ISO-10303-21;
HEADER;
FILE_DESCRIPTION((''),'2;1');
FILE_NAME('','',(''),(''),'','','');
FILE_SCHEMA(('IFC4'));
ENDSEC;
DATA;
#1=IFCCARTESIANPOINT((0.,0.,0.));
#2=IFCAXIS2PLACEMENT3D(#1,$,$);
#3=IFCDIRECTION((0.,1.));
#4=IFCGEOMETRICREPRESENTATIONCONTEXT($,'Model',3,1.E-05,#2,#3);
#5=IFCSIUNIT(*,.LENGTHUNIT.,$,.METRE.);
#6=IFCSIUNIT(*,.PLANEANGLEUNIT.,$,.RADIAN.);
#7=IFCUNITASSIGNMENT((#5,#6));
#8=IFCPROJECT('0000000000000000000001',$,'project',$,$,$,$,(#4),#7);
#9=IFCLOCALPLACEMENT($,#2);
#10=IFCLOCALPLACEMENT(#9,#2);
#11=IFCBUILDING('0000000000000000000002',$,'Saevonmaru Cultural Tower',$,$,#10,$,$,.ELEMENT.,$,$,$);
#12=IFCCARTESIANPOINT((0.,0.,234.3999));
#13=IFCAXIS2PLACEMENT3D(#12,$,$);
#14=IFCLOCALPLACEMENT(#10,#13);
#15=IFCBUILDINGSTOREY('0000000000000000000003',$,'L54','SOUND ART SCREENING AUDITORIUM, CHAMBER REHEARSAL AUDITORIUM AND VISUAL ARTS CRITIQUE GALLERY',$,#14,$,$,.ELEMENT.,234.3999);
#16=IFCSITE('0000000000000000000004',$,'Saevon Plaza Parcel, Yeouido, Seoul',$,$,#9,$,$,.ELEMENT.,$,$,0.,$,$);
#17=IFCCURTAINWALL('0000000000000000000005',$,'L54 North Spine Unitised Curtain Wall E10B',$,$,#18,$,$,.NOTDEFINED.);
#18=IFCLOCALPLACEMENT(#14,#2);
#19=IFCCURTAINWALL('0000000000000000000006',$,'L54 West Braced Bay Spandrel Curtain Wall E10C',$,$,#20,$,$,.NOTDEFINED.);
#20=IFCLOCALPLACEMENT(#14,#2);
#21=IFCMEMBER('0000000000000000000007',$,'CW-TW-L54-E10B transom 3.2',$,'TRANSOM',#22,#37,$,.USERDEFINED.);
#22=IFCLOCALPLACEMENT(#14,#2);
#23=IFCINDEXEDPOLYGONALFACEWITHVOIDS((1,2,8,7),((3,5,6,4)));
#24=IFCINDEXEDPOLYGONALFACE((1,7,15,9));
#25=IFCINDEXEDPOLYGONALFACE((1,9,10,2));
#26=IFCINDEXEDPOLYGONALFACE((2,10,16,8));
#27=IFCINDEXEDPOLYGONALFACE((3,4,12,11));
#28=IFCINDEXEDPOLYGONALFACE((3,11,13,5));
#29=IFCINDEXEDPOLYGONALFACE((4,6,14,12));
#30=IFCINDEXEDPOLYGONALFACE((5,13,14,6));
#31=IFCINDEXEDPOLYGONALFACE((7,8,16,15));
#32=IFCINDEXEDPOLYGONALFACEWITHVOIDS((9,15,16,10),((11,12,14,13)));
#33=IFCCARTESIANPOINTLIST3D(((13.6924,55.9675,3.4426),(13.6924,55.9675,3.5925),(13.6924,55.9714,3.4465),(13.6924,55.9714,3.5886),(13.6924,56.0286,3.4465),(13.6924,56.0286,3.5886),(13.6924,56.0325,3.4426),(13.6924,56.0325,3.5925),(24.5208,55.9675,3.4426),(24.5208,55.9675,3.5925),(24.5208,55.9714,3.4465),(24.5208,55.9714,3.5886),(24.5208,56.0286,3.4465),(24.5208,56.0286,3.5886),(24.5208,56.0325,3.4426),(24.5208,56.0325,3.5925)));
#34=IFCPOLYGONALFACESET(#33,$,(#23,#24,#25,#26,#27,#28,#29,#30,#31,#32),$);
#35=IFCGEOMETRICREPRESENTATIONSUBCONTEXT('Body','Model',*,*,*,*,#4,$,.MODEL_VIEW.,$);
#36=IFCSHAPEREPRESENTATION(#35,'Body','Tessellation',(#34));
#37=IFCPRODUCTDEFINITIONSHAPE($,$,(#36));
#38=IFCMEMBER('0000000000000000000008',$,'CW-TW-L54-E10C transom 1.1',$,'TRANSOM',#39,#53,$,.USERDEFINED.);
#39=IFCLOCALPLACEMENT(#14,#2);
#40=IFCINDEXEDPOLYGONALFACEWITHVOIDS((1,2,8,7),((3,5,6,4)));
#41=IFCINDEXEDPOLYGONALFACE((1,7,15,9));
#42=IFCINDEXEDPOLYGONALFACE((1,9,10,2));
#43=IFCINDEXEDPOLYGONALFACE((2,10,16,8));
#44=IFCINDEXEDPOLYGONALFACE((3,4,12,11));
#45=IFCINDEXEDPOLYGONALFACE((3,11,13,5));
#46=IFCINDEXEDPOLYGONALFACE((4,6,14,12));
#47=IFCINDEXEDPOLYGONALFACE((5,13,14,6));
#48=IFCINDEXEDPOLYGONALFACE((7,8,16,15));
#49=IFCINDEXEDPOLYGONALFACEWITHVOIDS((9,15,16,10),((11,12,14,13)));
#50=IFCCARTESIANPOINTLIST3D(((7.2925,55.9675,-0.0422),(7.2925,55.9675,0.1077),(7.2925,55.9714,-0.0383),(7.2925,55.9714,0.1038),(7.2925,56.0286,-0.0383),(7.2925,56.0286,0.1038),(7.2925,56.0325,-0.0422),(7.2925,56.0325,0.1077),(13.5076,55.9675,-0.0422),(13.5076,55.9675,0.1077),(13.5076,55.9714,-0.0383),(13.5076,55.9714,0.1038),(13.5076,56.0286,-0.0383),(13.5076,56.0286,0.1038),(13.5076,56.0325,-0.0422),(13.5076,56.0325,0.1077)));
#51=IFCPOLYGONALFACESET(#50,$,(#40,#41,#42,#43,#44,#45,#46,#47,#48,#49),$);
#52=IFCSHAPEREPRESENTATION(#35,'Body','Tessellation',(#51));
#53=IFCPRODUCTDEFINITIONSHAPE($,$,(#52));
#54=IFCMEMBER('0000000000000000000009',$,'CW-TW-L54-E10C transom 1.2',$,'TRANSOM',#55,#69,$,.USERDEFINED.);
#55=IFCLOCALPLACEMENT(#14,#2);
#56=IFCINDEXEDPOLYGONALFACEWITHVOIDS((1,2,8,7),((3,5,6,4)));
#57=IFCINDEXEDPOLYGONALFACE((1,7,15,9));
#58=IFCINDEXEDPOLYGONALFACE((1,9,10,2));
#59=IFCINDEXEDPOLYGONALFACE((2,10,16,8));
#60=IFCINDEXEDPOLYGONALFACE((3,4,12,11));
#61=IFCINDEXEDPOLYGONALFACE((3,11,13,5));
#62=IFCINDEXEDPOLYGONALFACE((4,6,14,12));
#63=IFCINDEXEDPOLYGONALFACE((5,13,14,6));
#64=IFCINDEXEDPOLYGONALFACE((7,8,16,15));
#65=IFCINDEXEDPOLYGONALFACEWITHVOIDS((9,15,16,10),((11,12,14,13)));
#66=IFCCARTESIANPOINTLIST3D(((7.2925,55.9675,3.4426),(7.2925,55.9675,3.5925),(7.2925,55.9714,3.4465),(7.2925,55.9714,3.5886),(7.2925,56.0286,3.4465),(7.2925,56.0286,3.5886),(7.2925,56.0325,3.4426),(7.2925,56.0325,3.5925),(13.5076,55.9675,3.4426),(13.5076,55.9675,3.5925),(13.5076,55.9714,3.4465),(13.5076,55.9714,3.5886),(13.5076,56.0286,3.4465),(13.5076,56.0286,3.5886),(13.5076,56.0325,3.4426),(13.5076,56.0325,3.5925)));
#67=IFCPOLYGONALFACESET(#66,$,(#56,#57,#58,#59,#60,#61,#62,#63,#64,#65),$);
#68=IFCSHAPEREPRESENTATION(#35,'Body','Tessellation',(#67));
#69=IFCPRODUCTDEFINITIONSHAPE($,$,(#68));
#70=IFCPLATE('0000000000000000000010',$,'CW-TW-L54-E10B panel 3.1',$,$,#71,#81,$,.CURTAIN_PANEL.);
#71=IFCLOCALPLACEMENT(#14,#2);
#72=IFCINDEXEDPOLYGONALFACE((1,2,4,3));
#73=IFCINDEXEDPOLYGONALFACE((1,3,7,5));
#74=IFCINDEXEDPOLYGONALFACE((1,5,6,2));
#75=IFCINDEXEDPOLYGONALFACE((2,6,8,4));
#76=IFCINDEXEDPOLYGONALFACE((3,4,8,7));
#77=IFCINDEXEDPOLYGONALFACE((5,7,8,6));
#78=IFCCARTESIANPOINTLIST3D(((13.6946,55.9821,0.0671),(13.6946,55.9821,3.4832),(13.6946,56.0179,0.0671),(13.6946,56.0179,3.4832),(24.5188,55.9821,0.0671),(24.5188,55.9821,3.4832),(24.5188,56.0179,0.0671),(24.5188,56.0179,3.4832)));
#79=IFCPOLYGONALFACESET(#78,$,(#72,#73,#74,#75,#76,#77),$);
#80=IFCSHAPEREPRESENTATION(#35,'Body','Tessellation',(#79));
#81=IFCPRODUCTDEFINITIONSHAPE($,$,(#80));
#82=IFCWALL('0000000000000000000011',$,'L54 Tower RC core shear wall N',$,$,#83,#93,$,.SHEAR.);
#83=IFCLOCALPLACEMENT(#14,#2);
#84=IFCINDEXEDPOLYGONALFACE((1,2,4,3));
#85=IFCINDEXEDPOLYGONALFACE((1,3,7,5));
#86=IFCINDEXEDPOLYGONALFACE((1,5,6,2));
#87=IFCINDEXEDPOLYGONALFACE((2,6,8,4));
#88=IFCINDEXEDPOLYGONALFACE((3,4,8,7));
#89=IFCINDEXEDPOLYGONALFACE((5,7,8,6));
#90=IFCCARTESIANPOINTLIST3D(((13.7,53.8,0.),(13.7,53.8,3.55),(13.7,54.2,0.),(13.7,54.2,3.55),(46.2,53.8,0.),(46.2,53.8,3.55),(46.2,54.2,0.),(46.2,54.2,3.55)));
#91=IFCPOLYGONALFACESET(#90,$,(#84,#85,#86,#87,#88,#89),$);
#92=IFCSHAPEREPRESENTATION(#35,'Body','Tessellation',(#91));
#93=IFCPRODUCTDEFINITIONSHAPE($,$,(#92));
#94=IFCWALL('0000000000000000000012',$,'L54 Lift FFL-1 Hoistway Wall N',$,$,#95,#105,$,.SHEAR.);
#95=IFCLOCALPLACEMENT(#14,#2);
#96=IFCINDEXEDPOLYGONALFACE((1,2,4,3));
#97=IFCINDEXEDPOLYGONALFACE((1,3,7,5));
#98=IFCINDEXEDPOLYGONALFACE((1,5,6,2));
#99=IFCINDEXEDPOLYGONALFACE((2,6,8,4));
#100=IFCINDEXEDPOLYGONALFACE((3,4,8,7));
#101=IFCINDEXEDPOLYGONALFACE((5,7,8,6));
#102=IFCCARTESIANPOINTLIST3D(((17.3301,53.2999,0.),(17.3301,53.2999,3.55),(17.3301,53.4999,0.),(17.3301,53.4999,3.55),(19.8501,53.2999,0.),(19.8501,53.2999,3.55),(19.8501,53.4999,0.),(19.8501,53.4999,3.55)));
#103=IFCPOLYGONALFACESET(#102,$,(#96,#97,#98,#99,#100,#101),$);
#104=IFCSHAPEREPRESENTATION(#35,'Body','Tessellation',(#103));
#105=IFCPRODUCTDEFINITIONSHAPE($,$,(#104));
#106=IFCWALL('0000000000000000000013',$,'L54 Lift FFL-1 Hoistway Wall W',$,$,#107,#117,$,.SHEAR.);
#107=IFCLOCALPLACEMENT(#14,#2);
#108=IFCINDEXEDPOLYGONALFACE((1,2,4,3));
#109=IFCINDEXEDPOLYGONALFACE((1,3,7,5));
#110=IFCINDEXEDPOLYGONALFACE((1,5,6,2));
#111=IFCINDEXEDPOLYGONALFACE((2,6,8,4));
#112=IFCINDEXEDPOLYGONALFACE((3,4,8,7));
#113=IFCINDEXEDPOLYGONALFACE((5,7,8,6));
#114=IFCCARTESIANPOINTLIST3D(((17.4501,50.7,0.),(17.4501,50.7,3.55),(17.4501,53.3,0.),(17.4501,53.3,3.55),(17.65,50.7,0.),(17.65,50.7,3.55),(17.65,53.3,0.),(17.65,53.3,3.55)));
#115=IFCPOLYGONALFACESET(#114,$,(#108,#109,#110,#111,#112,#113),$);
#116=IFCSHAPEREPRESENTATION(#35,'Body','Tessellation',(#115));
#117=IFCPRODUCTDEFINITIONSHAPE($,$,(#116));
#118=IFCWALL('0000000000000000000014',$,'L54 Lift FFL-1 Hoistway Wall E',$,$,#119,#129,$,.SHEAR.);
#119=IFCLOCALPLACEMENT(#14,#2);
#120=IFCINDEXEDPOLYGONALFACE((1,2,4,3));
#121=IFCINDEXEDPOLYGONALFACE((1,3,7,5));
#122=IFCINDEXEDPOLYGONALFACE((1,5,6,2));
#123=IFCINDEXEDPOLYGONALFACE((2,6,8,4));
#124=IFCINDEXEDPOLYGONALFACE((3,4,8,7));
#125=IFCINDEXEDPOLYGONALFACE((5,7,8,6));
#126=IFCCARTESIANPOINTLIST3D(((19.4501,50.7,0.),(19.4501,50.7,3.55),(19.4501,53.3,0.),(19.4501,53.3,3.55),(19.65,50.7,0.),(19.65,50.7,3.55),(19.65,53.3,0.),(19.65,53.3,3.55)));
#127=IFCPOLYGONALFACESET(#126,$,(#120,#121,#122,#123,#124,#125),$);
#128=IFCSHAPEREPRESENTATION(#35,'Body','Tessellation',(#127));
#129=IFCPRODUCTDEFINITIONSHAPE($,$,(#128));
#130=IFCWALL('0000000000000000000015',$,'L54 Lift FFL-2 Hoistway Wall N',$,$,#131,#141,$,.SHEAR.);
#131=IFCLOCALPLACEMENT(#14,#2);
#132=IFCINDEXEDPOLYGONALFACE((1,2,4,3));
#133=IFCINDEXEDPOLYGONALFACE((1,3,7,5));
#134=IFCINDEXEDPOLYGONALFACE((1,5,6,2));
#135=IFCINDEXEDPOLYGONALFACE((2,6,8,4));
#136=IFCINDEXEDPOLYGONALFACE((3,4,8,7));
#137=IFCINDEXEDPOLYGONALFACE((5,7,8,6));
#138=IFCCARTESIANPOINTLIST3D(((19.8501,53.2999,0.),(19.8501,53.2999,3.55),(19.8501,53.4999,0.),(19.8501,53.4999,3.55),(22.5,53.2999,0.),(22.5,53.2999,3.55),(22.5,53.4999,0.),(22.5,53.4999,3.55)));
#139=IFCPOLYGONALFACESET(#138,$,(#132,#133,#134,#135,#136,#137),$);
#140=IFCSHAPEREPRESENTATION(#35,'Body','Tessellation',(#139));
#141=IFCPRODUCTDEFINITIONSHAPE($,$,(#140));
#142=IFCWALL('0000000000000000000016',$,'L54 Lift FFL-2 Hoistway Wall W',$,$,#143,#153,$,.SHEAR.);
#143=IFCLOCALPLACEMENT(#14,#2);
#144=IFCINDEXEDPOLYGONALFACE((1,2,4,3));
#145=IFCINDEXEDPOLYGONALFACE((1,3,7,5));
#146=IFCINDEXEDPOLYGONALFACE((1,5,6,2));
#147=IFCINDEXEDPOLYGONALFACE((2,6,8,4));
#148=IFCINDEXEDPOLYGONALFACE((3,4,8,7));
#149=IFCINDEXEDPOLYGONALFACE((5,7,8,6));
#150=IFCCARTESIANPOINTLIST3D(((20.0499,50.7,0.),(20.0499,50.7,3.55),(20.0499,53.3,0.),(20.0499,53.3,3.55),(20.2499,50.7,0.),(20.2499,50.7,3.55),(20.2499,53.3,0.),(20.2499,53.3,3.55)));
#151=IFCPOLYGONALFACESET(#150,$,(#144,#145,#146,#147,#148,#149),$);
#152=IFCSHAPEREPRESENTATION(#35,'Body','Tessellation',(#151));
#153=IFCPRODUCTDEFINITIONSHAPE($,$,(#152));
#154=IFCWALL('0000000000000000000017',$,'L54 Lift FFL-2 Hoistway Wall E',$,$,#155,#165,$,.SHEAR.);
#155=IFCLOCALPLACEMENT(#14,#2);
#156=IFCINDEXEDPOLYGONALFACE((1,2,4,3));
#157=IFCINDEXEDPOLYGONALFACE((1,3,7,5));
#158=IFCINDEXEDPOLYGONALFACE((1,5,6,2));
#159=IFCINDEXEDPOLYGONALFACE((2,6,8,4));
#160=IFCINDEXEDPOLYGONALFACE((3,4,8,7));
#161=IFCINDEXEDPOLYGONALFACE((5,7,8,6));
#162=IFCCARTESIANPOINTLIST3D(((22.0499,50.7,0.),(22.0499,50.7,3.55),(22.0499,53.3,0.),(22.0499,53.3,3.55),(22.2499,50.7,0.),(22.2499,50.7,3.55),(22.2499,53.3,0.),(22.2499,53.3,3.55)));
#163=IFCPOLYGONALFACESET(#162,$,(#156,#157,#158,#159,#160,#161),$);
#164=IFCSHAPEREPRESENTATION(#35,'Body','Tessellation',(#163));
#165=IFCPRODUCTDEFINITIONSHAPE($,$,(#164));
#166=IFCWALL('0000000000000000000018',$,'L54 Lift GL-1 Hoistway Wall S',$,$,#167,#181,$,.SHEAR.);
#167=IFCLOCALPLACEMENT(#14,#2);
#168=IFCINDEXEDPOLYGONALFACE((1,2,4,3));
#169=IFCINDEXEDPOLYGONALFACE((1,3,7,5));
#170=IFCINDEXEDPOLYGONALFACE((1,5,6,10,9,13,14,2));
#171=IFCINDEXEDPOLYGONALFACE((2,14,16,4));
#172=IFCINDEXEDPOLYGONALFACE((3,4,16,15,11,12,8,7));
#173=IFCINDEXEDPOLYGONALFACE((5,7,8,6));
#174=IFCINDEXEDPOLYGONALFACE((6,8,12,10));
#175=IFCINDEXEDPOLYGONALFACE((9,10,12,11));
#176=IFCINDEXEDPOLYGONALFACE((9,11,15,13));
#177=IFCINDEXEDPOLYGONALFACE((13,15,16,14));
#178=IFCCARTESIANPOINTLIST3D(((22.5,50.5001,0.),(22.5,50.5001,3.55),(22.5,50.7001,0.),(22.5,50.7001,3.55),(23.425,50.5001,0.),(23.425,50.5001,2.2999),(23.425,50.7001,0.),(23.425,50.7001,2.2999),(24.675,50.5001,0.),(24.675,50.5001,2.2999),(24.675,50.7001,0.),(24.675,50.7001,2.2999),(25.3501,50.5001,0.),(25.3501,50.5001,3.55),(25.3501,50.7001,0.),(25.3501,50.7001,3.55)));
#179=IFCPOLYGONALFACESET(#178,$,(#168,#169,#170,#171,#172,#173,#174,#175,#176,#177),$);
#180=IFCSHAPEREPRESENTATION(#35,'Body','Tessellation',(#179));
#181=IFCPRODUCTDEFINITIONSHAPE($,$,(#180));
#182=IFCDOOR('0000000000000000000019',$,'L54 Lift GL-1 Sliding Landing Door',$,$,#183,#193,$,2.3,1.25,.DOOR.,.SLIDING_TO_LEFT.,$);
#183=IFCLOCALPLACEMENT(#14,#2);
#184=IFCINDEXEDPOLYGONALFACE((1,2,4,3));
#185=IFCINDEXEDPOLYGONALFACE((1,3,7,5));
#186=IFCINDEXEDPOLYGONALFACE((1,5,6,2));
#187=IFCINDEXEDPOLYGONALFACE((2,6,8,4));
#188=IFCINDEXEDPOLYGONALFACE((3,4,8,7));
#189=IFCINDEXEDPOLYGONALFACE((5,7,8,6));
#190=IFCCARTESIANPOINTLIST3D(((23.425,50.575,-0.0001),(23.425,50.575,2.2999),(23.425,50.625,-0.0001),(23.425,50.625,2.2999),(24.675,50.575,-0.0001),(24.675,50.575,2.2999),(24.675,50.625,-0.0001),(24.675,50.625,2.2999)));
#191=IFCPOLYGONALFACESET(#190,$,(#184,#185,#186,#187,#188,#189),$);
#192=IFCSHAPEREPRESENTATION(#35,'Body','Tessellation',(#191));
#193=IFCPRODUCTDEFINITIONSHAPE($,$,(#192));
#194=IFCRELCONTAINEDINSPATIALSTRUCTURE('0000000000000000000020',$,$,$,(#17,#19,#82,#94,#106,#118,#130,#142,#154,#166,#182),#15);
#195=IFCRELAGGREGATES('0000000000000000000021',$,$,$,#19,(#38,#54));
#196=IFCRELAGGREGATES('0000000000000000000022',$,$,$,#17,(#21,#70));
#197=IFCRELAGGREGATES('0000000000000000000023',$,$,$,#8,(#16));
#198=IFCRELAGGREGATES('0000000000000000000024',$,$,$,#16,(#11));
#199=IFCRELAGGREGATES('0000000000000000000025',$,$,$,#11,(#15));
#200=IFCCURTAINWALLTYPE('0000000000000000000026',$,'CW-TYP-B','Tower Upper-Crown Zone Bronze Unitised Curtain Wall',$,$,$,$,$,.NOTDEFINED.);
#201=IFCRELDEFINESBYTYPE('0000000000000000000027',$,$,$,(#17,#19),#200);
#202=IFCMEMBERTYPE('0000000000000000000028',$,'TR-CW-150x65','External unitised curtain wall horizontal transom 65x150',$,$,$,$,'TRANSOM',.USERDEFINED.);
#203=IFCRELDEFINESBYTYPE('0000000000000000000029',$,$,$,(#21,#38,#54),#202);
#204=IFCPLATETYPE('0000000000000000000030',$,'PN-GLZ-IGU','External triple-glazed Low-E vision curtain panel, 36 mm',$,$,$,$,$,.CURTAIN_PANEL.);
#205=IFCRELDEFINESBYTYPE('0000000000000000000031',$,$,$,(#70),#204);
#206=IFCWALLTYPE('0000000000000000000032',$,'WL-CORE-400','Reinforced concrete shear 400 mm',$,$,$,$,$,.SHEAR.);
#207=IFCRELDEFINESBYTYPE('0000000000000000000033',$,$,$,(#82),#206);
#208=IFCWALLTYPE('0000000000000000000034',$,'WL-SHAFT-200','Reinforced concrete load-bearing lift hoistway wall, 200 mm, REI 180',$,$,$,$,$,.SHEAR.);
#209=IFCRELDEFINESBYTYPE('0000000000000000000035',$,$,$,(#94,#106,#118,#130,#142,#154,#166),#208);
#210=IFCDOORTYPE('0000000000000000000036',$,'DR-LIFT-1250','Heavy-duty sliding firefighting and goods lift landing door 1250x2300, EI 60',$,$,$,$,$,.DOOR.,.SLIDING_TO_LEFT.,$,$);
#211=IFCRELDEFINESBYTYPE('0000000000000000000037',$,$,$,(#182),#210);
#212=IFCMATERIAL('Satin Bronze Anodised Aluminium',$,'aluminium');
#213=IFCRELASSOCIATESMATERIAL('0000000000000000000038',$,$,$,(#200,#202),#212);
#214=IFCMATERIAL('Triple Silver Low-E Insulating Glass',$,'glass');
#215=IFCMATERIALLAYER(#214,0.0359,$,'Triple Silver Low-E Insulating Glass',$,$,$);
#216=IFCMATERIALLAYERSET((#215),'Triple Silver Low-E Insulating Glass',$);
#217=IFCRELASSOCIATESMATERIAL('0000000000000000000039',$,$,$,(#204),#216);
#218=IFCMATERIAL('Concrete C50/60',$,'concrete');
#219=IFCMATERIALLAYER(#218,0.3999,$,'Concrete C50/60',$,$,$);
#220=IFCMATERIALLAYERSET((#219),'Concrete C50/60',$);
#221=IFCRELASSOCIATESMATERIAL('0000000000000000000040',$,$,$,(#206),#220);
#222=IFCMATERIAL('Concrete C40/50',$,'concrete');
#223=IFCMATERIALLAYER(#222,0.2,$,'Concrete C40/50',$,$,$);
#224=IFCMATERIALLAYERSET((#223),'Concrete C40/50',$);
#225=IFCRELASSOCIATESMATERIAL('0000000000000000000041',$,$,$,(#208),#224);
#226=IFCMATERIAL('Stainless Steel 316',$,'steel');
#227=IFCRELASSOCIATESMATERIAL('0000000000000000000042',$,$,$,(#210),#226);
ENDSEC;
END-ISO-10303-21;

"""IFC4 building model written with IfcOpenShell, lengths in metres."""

from ifc_helpers import new_model, si_unit, direction, frame, frame_2d, origin, origin_2d, place, context, subcontext, project, spatial, rectangle, hollow_rectangle, extrude, material, layer, layer_set, material_profile, profile_set, type_object, element, fill, aggregate, save


model = new_model("IFC4")

# Units and contexts
model_context = context("Model", 3, precision=1e-05, world=origin(), true_north=direction((0.0, 1.0)))
body_context = subcontext(model_context, "Body", "Model", "MODEL_VIEW")
ifc_project = project(units=[si_unit("LENGTHUNIT", "METRE"), si_unit("PLANEANGLEUNIT", "RADIAN")], contexts=[model_context])

# Site, building, storey
site_placement = place(None, origin())
site = spatial("IfcSite", under=ifc_project, at=site_placement, Name="Saevon Plaza Parcel, Yeouido, Seoul", CompositionType="ELEMENT", RefElevation=0.0)
building_placement = place(site_placement, origin())
building = spatial("IfcBuilding", under=site, at=building_placement, Name="Saevonmaru Cultural Tower", CompositionType="ELEMENT")
storey_placement = place(building_placement, frame((0.0, 0.0, 234.3999)))
storey = spatial("IfcBuildingStorey", under=building, at=storey_placement, Name="L54", Description="SOUND ART SCREENING AUDITORIUM, CHAMBER REHEARSAL AUDITORIUM AND VISUAL ARTS CRITIQUE GALLERY", CompositionType="ELEMENT", Elevation=234.3999)

# Curtain walls
ifc_material_1 = material(Name="Satin Bronze Anodised Aluminium", Category="aluminium")
curtain_wall_type = type_object("IfcCurtainWallType", Name="CW-TYP-B", Description="Tower Upper-Crown Zone Bronze Unitised Curtain Wall", PredefinedType="NOTDEFINED", material=ifc_material_1)
curtain_wall_1_placement = place(storey_placement, origin())
curtain_wall_1 = element("IfcCurtainWall", 1, at=curtain_wall_1_placement, inside=storey, type_object=curtain_wall_type, Name="L54 North Spine Unitised Curtain Wall E10B", PredefinedType="NOTDEFINED")
curtain_wall_2_placement = place(storey_placement, origin())
curtain_wall_2 = element("IfcCurtainWall", 2, at=curtain_wall_2_placement, inside=storey, type_object=curtain_wall_type, Name="L54 West Braced Bay Spandrel Curtain Wall E10C", PredefinedType="NOTDEFINED")

# Members
ifc_material_profile_1 = material_profile(ifc_material_1, hollow_rectangle(XDim=0.0649, YDim=0.1499, WallThickness=0.0039, at=origin_2d()), Name="ALU-TRAN-150x65x4")
ifc_profile_set_1 = profile_set([ifc_material_profile_1], Name="Satin Bronze Anodised Aluminium")
member_type_1 = type_object("IfcMemberType", Name="TR-CW-150x65", Description="External unitised curtain wall horizontal transom 65x150", ElementType="TRANSOM", PredefinedType="USERDEFINED", material=ifc_profile_set_1)
member_1_placement = place(storey_placement, frame((24.5208, 56.0, 3.5176), z_axis=(-1.0, 0.0, 0.0), x_axis=(0.0, -1.0, 0.0)))
member_1 = element("IfcMember", 3, at=member_1_placement, type_object=member_type_1, Name="CW-TW-L54-E10B transom 3.2", ObjectType="TRANSOM", PredefinedType="USERDEFINED", context=body_context, shape_type="SweptSolid", body=[
    extrude(hollow_rectangle(XDim=0.0649, YDim=0.1499, WallThickness=0.0039, at=origin_2d()), origin(), (0.0, 0.0, 1.0), 10.8284),
])
member_2_placement = place(storey_placement, frame((13.5076, 56.0, 0.0327), z_axis=(-1.0, 0.0, 0.0), x_axis=(0.0, -1.0, 0.0)))
member_2 = element("IfcMember", 4, at=member_2_placement, type_object=member_type_1, Name="CW-TW-L54-E10C transom 1.1", ObjectType="TRANSOM", PredefinedType="USERDEFINED", context=body_context, shape_type="SweptSolid", body=[
    extrude(hollow_rectangle(XDim=0.0649, YDim=0.1499, WallThickness=0.0039, at=origin_2d()), origin(), (0.0, 0.0, 1.0), 6.2151),
])
member_3_placement = place(storey_placement, frame((13.5076, 56.0, 3.5176), z_axis=(-1.0, 0.0, 0.0), x_axis=(0.0, -1.0, 0.0)))
member_3 = element("IfcMember", 5, at=member_3_placement, type_object=member_type_1, Name="CW-TW-L54-E10C transom 1.2", ObjectType="TRANSOM", PredefinedType="USERDEFINED", context=body_context, shape_type="SweptSolid", body=[
    extrude(hollow_rectangle(XDim=0.0649, YDim=0.1499, WallThickness=0.0039, at=origin_2d()), origin(), (0.0, 0.0, 1.0), 6.2151),
])
aggregate(curtain_wall_2, [member_2, member_3])

# Plate
ifc_material_2 = material(Name="Triple Silver Low-E Insulating Glass", Category="glass")
ifc_layer_1 = layer(ifc_material_2, 0.0359, Name="Triple Silver Low-E Insulating Glass")
ifc_layer_set_1 = layer_set([ifc_layer_1], Name="Triple Silver Low-E Insulating Glass")
plate_type = type_object("IfcPlateType", Name="PN-GLZ-IGU", Description="External triple-glazed Low-E vision curtain panel, 36 mm", PredefinedType="CURTAIN_PANEL", material=ifc_layer_set_1)
plate_placement = place(storey_placement, frame((19.1067, 56.0, 0.0671), z_axis=(0.0, 0.0, 1.0), x_axis=(-1.0, 0.0, 0.0)))
plate = element("IfcPlate", 6, at=plate_placement, type_object=plate_type, Name="CW-TW-L54-E10B panel 3.1", PredefinedType="CURTAIN_PANEL", context=body_context, shape_type="SweptSolid", body=[
    extrude(rectangle(XDim=10.8242, YDim=0.0359, at=origin_2d()), origin(), (0.0, 0.0, 1.0), 3.416),
])
aggregate(curtain_wall_1, [member_1, plate])

# Walls
ifc_material_3 = material(Name="Concrete C50/60", Category="concrete")
ifc_layer_2 = layer(ifc_material_3, 0.3999, Name="Concrete C50/60")
ifc_layer_set_2 = layer_set([ifc_layer_2], Name="Concrete C50/60")
wall_type_1 = type_object("IfcWallType", Name="WL-CORE-400", Description="Reinforced concrete shear 400 mm", PredefinedType="SHEAR", material=ifc_layer_set_2)
wall_1_placement = place(storey_placement, frame((13.7, 54.0, 0.0), z_axis=(0.0, 0.0, 1.0), x_axis=(1.0, 0.0, 0.0)))
element("IfcWall", 7, at=wall_1_placement, inside=storey, type_object=wall_type_1, Name="L54 Tower RC core shear wall N", PredefinedType="SHEAR", context=body_context, shape_type="SweptSolid", body=[
    extrude(rectangle(XDim=32.5, YDim=0.3999, at=frame_2d((16.25, 0.0))), origin(), (0.0, 0.0, 1.0), 3.55),
])
ifc_material_4 = material(Name="Concrete C40/50", Category="concrete")
ifc_layer_3 = layer(ifc_material_4, 0.2, Name="Concrete C40/50")
ifc_layer_set_3 = layer_set([ifc_layer_3], Name="Concrete C40/50")
wall_type_2 = type_object("IfcWallType", Name="WL-SHAFT-200", Description="Reinforced concrete load-bearing lift hoistway wall, 200 mm, REI 180", PredefinedType="SHEAR", material=ifc_layer_set_3)
wall_2_placement = place(storey_placement, frame((17.3301, 53.3999, 0.0), z_axis=(0.0, 0.0, 1.0), x_axis=(1.0, 0.0, 0.0)))
element("IfcWall", 8, at=wall_2_placement, inside=storey, type_object=wall_type_2, Name="L54 Lift FFL-1 Hoistway Wall N", PredefinedType="SHEAR", context=body_context, shape_type="SweptSolid", body=[
    extrude(rectangle(XDim=2.52, YDim=0.2, at=frame_2d((1.26, 0.0))), origin(), (0.0, 0.0, 1.0), 3.55),
])
for number, where, z_axis, x_axis, name in (
    (9, (17.55, 50.7, 0.0), (0.0, 0.0, 1.0), (0.0, 1.0, 0.0), "L54 Lift FFL-1 Hoistway Wall W"),
    (10, (19.55, 50.7, 0.0), (0.0, 0.0, 1.0), (0.0, 1.0, 0.0), "L54 Lift FFL-1 Hoistway Wall E"),
):
    element("IfcWall", number, at=place(storey_placement, frame(where, z_axis=z_axis, x_axis=x_axis)), inside=storey, type_object=wall_type_2, Name=name, PredefinedType="SHEAR", context=body_context, shape_type="SweptSolid", body=[
        extrude(rectangle(XDim=2.6001, YDim=0.2, at=frame_2d((1.3, 0.0))), origin(), (0.0, 0.0, 1.0), 3.55),
    ])
wall_3_placement = place(storey_placement, frame((19.8501, 53.3999, 0.0), z_axis=(0.0, 0.0, 1.0), x_axis=(1.0, 0.0, 0.0)))
element("IfcWall", 11, at=wall_3_placement, inside=storey, type_object=wall_type_2, Name="L54 Lift FFL-2 Hoistway Wall N", PredefinedType="SHEAR", context=body_context, shape_type="SweptSolid", body=[
    extrude(rectangle(XDim=2.6499, YDim=0.2, at=frame_2d((1.325, 0.0))), origin(), (0.0, 0.0, 1.0), 3.55),
])
for number, where, z_axis, x_axis, name in (
    (12, (20.1499, 50.7, 0.0), (0.0, 0.0, 1.0), (0.0, 1.0, 0.0), "L54 Lift FFL-2 Hoistway Wall W"),
    (13, (22.1499, 50.7, 0.0), (0.0, 0.0, 1.0), (0.0, 1.0, 0.0), "L54 Lift FFL-2 Hoistway Wall E"),
):
    element("IfcWall", number, at=place(storey_placement, frame(where, z_axis=z_axis, x_axis=x_axis)), inside=storey, type_object=wall_type_2, Name=name, PredefinedType="SHEAR", context=body_context, shape_type="SweptSolid", body=[
        extrude(rectangle(XDim=2.6001, YDim=0.2, at=frame_2d((1.3, 0.0))), origin(), (0.0, 0.0, 1.0), 3.55),
    ])

# Wall, opening, door
wall_4_placement = place(storey_placement, frame((22.5, 50.6001, 0.0), z_axis=(0.0, 0.0, 1.0), x_axis=(1.0, 0.0, 0.0)))
wall_4 = element("IfcWall", 14, at=wall_4_placement, inside=storey, type_object=wall_type_2, Name="L54 Lift GL-1 Hoistway Wall S", PredefinedType="SHEAR", context=body_context, shape_type="SweptSolid", body=[
    extrude(rectangle(XDim=2.8501, YDim=0.2, at=frame_2d((1.425, 0.0))), origin(), (0.0, 0.0, 1.0), 3.55),
])
opening_placement = place(wall_4_placement, frame((0.925, 0.0, 0.0)))
opening = element("IfcOpeningElement", 15, at=opening_placement, cuts=wall_4, PredefinedType="OPENING", context=body_context, shape_type="SweptSolid", body=[
    extrude(rectangle(XDim=1.25, YDim=2.3, at=frame_2d((0.625, 1.1499))), frame((0.0, 0.1099, 0.0), z_axis=(0.0, -1.0, 0.0), x_axis=(1.0, 0.0, 0.0)), (0.0, 0.0, 1.0), 0.22),
])
ifc_material_5 = material(Name="Stainless Steel 316", Category="steel")
door_type = type_object("IfcDoorType", Name="DR-LIFT-1250", Description="Heavy-duty sliding firefighting and goods lift landing door 1250x2300, EI 60", OperationType="SLIDING_TO_LEFT", PredefinedType="DOOR", material=ifc_material_5)
door_placement = place(opening_placement, origin())
door = element("IfcDoor", 16, at=door_placement, inside=storey, type_object=door_type, Name="L54 Lift GL-1 Sliding Landing Door", OperationType="SLIDING_TO_LEFT", OverallHeight=2.3, OverallWidth=1.25, PredefinedType="DOOR", context=body_context, shape_type="SweptSolid", body=[
    extrude(rectangle(XDim=1.25, YDim=2.3, at=frame_2d((0.625, 1.1499))), frame((0.0, 0.0249, 0.0), z_axis=(0.0, -1.0, 0.0), x_axis=(1.0, 0.0, 0.0)), (0.0, 0.0, 1.0), 0.05),
])
fill(opening, door)

save(model, "model.ifc")
